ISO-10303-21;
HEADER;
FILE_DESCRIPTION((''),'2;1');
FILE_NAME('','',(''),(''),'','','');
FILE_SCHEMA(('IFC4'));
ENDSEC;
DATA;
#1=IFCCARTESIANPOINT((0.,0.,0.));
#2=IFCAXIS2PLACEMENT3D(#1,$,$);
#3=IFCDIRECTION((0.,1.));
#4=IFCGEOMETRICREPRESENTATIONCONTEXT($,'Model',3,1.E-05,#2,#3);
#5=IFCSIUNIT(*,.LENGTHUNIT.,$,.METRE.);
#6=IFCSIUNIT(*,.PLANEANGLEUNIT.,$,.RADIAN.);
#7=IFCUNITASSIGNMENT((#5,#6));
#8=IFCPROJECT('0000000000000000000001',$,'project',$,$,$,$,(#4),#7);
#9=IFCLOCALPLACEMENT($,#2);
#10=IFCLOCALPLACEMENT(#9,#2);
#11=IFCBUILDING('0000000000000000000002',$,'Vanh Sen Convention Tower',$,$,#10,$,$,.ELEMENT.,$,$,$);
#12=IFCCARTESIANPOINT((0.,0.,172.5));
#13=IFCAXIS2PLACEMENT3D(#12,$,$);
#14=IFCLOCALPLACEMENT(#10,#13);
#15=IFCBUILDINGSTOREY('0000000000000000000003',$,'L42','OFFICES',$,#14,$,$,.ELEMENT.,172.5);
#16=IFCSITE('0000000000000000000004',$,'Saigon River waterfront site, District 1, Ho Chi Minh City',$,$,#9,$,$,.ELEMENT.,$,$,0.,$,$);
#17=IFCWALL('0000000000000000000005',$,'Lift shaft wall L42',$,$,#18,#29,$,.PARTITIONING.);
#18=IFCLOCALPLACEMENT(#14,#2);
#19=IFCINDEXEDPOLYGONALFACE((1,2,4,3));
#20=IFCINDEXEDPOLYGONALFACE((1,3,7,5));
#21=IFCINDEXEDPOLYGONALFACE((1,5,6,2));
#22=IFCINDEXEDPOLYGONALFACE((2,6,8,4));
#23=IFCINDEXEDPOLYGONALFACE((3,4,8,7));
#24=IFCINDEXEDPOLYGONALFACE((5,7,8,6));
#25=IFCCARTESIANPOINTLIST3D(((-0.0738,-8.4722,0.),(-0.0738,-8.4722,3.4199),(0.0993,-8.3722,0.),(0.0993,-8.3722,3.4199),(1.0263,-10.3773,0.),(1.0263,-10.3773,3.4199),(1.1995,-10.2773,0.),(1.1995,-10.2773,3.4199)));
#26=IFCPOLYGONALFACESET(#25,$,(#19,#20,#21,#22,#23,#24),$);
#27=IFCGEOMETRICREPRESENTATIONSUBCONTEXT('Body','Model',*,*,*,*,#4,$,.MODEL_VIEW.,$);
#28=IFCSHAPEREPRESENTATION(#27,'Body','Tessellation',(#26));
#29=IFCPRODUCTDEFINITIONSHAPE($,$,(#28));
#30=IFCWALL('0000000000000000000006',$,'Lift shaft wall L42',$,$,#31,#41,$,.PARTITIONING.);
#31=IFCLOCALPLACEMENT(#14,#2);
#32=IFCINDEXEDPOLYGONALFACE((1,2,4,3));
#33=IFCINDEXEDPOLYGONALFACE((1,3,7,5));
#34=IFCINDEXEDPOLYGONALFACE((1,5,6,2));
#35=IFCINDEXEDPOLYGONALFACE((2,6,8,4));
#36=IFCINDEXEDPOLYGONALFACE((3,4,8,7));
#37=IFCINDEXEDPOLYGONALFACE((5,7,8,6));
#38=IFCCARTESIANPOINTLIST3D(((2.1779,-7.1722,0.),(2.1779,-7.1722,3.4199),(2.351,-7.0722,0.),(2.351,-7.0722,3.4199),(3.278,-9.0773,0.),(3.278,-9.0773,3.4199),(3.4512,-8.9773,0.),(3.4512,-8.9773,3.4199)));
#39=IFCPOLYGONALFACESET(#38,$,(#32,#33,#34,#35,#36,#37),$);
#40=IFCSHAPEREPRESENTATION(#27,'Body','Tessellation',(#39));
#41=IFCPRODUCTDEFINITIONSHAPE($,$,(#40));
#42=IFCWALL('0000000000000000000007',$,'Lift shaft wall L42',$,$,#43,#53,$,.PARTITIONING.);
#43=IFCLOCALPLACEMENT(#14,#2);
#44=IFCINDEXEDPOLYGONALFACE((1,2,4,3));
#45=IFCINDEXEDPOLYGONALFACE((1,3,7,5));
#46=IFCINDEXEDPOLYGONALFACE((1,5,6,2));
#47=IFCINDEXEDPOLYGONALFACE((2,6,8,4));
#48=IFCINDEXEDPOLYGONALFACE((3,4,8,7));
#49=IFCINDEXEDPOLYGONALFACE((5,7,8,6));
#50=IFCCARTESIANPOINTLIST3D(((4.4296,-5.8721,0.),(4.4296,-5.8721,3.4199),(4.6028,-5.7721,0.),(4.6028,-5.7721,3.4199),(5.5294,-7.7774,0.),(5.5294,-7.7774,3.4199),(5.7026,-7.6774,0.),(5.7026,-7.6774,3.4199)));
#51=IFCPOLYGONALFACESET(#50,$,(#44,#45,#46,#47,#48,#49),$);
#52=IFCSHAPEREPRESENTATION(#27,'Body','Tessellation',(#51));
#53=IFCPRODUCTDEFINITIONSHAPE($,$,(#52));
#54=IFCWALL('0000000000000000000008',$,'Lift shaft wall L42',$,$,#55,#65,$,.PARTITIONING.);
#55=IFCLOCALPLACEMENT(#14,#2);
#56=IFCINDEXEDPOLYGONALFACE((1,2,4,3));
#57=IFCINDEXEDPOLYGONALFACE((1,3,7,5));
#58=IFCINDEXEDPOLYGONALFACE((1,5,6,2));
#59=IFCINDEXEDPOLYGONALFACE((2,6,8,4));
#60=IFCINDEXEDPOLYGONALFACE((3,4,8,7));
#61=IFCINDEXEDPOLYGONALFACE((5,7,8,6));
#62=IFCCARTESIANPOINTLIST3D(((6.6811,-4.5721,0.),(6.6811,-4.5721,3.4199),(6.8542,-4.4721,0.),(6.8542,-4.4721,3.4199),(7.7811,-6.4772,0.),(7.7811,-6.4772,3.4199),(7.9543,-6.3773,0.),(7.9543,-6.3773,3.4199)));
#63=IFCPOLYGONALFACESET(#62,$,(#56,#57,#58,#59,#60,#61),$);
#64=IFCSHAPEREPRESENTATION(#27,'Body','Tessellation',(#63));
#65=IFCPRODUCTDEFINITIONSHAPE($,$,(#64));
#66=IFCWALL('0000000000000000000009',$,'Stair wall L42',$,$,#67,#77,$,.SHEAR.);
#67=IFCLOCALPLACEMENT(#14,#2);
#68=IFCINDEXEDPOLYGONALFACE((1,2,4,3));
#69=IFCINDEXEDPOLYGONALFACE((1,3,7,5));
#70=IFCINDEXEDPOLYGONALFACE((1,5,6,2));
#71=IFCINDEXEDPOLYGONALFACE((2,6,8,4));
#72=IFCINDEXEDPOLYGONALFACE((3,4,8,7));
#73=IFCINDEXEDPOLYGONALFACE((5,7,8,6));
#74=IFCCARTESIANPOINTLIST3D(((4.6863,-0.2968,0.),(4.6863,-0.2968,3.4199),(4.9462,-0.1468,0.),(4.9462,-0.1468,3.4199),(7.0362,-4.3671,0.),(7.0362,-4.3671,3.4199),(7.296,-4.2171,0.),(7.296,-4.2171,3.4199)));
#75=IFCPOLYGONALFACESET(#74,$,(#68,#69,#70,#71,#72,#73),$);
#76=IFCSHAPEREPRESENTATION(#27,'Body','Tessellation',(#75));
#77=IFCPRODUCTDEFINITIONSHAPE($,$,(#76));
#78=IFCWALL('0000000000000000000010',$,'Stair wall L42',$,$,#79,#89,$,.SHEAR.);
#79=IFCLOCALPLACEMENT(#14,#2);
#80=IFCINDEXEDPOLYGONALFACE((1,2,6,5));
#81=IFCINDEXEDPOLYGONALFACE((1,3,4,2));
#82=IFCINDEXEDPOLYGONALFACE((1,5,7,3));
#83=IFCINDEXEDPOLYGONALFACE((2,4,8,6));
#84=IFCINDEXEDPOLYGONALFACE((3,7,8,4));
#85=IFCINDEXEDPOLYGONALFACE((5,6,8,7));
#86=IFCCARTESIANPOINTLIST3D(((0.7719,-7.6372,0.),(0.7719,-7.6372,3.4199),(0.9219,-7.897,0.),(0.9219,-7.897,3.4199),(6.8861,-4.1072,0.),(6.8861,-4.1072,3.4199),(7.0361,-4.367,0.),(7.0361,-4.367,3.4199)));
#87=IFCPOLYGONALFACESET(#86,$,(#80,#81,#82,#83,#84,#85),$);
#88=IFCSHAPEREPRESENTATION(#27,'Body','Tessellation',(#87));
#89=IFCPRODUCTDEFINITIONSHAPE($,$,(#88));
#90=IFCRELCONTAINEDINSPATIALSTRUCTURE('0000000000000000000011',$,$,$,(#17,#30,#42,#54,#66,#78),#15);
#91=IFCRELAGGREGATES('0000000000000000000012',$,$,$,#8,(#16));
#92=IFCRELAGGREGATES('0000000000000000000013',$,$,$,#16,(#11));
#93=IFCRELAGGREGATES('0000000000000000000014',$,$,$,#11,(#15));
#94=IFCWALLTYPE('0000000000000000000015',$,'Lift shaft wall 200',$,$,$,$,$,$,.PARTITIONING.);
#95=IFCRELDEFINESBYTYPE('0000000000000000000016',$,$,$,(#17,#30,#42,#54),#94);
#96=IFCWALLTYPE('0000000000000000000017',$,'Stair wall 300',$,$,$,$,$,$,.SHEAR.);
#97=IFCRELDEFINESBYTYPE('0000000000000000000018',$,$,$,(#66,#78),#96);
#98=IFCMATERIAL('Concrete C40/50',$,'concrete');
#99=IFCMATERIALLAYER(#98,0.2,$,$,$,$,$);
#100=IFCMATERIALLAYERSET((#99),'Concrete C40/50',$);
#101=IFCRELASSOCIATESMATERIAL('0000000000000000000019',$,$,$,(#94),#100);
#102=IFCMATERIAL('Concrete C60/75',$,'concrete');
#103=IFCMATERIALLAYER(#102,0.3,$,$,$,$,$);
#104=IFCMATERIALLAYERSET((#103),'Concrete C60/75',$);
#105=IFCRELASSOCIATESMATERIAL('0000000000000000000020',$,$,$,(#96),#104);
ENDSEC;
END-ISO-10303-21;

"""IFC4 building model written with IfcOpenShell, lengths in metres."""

from ifc_helpers import new_model, si_unit, direction, frame, frame_2d, origin, place, context, subcontext, project, spatial, rectangle, extrude, material, layer, layer_set, type_object, element, save


model = new_model("IFC4")

# Units and contexts
model_context = context("Model", 3, precision=1e-05, world=origin(), true_north=direction((0.0, 1.0)))
body_context = subcontext(model_context, "Body", "Model", "MODEL_VIEW")
ifc_project = project(units=[si_unit("LENGTHUNIT", "METRE"), si_unit("PLANEANGLEUNIT", "RADIAN")], contexts=[model_context])

# Site, building, storey
site_placement = place(None, origin())
site = spatial("IfcSite", under=ifc_project, at=site_placement, Name="Saigon River waterfront site, District 1, Ho Chi Minh City", CompositionType="ELEMENT", RefElevation=0.0)
building_placement = place(site_placement, origin())
building = spatial("IfcBuilding", under=site, at=building_placement, Name="Vanh Sen Convention Tower", CompositionType="ELEMENT")
storey_placement = place(building_placement, frame((0.0, 0.0, 172.5)))
storey = spatial("IfcBuildingStorey", under=building, at=storey_placement, Name="L42", Description="OFFICES", CompositionType="ELEMENT", Elevation=172.5)

# Shared definitions
ifc_material_1 = material(Name="Concrete C40/50", Category="concrete")

# Walls
ifc_layer_1 = layer(ifc_material_1, 0.2)
ifc_layer_set_1 = layer_set([ifc_layer_1], Name="Concrete C40/50")
wall_type_1 = type_object("IfcWallType", Name="Lift shaft wall 200", PredefinedType="PARTITIONING", material=ifc_layer_set_1)
for number, where, z_axis, x_axis, name in (
    (1, (0.0127, -8.4221, 0.0), (0.0, 0.0, 1.0), (0.500078, -0.86598, 0.0), "Lift shaft wall L42"),
    (2, (2.2644, -7.1221, 0.0), (0.0, 0.0, 1.0), (0.500078, -0.86598, 0.0), "Lift shaft wall L42"),
    (3, (4.5161, -5.822, 0.0), (0.0, 0.0, 1.0), (0.499947, -0.866056, 0.0), "Lift shaft wall L42"),
    (4, (6.7676, -4.522, 0.0), (0.0, 0.0, 1.0), (0.50003, -0.866008, 0.0), "Lift shaft wall L42"),
):
    element("IfcWall", number, at=place(storey_placement, frame(where, z_axis=z_axis, x_axis=x_axis)), inside=storey, type_object=wall_type_1, Name=name, PredefinedType="PARTITIONING", context=body_context, shape_type="SweptSolid", body=[
        extrude(rectangle(XDim=2.2, YDim=0.2, at=frame_2d((1.1001, 0.0))), origin(), (0.0, 0.0, 1.0), 3.4199),
    ])
ifc_material_2 = material(Name="Concrete C60/75", Category="concrete")
ifc_layer_2 = layer(ifc_material_2, 0.3)
ifc_layer_set_2 = layer_set([ifc_layer_2], Name="Concrete C60/75")
wall_type_2 = type_object("IfcWallType", Name="Stair wall 300", PredefinedType="SHEAR", material=ifc_layer_set_2)
wall_1_placement = place(storey_placement, frame((4.8162, -0.2217, 0.0), z_axis=(0.0, 0.0, 1.0), x_axis=(0.499977, -0.866039, 0.0)))
element("IfcWall", 5, at=wall_1_placement, inside=storey, type_object=wall_type_2, Name="Stair wall L42", PredefinedType="SHEAR", context=body_context, shape_type="SweptSolid", body=[
    extrude(rectangle(XDim=4.7, YDim=0.3, at=frame_2d((2.3501, 0.0))), origin(), (0.0, 0.0, 1.0), 3.4199),
])
wall_2_placement = place(storey_placement, frame((0.8469, -7.7671, 0.0), z_axis=(0.0, 0.0, 1.0), x_axis=(0.866028, 0.499996, 0.0)))
element("IfcWall", 6, at=wall_2_placement, inside=storey, type_object=wall_type_2, Name="Stair wall L42", PredefinedType="SHEAR", context=body_context, shape_type="SweptSolid", body=[
    extrude(rectangle(XDim=7.0601, YDim=0.3, at=frame_2d((3.53, 0.0))), origin(), (0.0, 0.0, 1.0), 3.4199),
])

save(model, "model.ifc")
